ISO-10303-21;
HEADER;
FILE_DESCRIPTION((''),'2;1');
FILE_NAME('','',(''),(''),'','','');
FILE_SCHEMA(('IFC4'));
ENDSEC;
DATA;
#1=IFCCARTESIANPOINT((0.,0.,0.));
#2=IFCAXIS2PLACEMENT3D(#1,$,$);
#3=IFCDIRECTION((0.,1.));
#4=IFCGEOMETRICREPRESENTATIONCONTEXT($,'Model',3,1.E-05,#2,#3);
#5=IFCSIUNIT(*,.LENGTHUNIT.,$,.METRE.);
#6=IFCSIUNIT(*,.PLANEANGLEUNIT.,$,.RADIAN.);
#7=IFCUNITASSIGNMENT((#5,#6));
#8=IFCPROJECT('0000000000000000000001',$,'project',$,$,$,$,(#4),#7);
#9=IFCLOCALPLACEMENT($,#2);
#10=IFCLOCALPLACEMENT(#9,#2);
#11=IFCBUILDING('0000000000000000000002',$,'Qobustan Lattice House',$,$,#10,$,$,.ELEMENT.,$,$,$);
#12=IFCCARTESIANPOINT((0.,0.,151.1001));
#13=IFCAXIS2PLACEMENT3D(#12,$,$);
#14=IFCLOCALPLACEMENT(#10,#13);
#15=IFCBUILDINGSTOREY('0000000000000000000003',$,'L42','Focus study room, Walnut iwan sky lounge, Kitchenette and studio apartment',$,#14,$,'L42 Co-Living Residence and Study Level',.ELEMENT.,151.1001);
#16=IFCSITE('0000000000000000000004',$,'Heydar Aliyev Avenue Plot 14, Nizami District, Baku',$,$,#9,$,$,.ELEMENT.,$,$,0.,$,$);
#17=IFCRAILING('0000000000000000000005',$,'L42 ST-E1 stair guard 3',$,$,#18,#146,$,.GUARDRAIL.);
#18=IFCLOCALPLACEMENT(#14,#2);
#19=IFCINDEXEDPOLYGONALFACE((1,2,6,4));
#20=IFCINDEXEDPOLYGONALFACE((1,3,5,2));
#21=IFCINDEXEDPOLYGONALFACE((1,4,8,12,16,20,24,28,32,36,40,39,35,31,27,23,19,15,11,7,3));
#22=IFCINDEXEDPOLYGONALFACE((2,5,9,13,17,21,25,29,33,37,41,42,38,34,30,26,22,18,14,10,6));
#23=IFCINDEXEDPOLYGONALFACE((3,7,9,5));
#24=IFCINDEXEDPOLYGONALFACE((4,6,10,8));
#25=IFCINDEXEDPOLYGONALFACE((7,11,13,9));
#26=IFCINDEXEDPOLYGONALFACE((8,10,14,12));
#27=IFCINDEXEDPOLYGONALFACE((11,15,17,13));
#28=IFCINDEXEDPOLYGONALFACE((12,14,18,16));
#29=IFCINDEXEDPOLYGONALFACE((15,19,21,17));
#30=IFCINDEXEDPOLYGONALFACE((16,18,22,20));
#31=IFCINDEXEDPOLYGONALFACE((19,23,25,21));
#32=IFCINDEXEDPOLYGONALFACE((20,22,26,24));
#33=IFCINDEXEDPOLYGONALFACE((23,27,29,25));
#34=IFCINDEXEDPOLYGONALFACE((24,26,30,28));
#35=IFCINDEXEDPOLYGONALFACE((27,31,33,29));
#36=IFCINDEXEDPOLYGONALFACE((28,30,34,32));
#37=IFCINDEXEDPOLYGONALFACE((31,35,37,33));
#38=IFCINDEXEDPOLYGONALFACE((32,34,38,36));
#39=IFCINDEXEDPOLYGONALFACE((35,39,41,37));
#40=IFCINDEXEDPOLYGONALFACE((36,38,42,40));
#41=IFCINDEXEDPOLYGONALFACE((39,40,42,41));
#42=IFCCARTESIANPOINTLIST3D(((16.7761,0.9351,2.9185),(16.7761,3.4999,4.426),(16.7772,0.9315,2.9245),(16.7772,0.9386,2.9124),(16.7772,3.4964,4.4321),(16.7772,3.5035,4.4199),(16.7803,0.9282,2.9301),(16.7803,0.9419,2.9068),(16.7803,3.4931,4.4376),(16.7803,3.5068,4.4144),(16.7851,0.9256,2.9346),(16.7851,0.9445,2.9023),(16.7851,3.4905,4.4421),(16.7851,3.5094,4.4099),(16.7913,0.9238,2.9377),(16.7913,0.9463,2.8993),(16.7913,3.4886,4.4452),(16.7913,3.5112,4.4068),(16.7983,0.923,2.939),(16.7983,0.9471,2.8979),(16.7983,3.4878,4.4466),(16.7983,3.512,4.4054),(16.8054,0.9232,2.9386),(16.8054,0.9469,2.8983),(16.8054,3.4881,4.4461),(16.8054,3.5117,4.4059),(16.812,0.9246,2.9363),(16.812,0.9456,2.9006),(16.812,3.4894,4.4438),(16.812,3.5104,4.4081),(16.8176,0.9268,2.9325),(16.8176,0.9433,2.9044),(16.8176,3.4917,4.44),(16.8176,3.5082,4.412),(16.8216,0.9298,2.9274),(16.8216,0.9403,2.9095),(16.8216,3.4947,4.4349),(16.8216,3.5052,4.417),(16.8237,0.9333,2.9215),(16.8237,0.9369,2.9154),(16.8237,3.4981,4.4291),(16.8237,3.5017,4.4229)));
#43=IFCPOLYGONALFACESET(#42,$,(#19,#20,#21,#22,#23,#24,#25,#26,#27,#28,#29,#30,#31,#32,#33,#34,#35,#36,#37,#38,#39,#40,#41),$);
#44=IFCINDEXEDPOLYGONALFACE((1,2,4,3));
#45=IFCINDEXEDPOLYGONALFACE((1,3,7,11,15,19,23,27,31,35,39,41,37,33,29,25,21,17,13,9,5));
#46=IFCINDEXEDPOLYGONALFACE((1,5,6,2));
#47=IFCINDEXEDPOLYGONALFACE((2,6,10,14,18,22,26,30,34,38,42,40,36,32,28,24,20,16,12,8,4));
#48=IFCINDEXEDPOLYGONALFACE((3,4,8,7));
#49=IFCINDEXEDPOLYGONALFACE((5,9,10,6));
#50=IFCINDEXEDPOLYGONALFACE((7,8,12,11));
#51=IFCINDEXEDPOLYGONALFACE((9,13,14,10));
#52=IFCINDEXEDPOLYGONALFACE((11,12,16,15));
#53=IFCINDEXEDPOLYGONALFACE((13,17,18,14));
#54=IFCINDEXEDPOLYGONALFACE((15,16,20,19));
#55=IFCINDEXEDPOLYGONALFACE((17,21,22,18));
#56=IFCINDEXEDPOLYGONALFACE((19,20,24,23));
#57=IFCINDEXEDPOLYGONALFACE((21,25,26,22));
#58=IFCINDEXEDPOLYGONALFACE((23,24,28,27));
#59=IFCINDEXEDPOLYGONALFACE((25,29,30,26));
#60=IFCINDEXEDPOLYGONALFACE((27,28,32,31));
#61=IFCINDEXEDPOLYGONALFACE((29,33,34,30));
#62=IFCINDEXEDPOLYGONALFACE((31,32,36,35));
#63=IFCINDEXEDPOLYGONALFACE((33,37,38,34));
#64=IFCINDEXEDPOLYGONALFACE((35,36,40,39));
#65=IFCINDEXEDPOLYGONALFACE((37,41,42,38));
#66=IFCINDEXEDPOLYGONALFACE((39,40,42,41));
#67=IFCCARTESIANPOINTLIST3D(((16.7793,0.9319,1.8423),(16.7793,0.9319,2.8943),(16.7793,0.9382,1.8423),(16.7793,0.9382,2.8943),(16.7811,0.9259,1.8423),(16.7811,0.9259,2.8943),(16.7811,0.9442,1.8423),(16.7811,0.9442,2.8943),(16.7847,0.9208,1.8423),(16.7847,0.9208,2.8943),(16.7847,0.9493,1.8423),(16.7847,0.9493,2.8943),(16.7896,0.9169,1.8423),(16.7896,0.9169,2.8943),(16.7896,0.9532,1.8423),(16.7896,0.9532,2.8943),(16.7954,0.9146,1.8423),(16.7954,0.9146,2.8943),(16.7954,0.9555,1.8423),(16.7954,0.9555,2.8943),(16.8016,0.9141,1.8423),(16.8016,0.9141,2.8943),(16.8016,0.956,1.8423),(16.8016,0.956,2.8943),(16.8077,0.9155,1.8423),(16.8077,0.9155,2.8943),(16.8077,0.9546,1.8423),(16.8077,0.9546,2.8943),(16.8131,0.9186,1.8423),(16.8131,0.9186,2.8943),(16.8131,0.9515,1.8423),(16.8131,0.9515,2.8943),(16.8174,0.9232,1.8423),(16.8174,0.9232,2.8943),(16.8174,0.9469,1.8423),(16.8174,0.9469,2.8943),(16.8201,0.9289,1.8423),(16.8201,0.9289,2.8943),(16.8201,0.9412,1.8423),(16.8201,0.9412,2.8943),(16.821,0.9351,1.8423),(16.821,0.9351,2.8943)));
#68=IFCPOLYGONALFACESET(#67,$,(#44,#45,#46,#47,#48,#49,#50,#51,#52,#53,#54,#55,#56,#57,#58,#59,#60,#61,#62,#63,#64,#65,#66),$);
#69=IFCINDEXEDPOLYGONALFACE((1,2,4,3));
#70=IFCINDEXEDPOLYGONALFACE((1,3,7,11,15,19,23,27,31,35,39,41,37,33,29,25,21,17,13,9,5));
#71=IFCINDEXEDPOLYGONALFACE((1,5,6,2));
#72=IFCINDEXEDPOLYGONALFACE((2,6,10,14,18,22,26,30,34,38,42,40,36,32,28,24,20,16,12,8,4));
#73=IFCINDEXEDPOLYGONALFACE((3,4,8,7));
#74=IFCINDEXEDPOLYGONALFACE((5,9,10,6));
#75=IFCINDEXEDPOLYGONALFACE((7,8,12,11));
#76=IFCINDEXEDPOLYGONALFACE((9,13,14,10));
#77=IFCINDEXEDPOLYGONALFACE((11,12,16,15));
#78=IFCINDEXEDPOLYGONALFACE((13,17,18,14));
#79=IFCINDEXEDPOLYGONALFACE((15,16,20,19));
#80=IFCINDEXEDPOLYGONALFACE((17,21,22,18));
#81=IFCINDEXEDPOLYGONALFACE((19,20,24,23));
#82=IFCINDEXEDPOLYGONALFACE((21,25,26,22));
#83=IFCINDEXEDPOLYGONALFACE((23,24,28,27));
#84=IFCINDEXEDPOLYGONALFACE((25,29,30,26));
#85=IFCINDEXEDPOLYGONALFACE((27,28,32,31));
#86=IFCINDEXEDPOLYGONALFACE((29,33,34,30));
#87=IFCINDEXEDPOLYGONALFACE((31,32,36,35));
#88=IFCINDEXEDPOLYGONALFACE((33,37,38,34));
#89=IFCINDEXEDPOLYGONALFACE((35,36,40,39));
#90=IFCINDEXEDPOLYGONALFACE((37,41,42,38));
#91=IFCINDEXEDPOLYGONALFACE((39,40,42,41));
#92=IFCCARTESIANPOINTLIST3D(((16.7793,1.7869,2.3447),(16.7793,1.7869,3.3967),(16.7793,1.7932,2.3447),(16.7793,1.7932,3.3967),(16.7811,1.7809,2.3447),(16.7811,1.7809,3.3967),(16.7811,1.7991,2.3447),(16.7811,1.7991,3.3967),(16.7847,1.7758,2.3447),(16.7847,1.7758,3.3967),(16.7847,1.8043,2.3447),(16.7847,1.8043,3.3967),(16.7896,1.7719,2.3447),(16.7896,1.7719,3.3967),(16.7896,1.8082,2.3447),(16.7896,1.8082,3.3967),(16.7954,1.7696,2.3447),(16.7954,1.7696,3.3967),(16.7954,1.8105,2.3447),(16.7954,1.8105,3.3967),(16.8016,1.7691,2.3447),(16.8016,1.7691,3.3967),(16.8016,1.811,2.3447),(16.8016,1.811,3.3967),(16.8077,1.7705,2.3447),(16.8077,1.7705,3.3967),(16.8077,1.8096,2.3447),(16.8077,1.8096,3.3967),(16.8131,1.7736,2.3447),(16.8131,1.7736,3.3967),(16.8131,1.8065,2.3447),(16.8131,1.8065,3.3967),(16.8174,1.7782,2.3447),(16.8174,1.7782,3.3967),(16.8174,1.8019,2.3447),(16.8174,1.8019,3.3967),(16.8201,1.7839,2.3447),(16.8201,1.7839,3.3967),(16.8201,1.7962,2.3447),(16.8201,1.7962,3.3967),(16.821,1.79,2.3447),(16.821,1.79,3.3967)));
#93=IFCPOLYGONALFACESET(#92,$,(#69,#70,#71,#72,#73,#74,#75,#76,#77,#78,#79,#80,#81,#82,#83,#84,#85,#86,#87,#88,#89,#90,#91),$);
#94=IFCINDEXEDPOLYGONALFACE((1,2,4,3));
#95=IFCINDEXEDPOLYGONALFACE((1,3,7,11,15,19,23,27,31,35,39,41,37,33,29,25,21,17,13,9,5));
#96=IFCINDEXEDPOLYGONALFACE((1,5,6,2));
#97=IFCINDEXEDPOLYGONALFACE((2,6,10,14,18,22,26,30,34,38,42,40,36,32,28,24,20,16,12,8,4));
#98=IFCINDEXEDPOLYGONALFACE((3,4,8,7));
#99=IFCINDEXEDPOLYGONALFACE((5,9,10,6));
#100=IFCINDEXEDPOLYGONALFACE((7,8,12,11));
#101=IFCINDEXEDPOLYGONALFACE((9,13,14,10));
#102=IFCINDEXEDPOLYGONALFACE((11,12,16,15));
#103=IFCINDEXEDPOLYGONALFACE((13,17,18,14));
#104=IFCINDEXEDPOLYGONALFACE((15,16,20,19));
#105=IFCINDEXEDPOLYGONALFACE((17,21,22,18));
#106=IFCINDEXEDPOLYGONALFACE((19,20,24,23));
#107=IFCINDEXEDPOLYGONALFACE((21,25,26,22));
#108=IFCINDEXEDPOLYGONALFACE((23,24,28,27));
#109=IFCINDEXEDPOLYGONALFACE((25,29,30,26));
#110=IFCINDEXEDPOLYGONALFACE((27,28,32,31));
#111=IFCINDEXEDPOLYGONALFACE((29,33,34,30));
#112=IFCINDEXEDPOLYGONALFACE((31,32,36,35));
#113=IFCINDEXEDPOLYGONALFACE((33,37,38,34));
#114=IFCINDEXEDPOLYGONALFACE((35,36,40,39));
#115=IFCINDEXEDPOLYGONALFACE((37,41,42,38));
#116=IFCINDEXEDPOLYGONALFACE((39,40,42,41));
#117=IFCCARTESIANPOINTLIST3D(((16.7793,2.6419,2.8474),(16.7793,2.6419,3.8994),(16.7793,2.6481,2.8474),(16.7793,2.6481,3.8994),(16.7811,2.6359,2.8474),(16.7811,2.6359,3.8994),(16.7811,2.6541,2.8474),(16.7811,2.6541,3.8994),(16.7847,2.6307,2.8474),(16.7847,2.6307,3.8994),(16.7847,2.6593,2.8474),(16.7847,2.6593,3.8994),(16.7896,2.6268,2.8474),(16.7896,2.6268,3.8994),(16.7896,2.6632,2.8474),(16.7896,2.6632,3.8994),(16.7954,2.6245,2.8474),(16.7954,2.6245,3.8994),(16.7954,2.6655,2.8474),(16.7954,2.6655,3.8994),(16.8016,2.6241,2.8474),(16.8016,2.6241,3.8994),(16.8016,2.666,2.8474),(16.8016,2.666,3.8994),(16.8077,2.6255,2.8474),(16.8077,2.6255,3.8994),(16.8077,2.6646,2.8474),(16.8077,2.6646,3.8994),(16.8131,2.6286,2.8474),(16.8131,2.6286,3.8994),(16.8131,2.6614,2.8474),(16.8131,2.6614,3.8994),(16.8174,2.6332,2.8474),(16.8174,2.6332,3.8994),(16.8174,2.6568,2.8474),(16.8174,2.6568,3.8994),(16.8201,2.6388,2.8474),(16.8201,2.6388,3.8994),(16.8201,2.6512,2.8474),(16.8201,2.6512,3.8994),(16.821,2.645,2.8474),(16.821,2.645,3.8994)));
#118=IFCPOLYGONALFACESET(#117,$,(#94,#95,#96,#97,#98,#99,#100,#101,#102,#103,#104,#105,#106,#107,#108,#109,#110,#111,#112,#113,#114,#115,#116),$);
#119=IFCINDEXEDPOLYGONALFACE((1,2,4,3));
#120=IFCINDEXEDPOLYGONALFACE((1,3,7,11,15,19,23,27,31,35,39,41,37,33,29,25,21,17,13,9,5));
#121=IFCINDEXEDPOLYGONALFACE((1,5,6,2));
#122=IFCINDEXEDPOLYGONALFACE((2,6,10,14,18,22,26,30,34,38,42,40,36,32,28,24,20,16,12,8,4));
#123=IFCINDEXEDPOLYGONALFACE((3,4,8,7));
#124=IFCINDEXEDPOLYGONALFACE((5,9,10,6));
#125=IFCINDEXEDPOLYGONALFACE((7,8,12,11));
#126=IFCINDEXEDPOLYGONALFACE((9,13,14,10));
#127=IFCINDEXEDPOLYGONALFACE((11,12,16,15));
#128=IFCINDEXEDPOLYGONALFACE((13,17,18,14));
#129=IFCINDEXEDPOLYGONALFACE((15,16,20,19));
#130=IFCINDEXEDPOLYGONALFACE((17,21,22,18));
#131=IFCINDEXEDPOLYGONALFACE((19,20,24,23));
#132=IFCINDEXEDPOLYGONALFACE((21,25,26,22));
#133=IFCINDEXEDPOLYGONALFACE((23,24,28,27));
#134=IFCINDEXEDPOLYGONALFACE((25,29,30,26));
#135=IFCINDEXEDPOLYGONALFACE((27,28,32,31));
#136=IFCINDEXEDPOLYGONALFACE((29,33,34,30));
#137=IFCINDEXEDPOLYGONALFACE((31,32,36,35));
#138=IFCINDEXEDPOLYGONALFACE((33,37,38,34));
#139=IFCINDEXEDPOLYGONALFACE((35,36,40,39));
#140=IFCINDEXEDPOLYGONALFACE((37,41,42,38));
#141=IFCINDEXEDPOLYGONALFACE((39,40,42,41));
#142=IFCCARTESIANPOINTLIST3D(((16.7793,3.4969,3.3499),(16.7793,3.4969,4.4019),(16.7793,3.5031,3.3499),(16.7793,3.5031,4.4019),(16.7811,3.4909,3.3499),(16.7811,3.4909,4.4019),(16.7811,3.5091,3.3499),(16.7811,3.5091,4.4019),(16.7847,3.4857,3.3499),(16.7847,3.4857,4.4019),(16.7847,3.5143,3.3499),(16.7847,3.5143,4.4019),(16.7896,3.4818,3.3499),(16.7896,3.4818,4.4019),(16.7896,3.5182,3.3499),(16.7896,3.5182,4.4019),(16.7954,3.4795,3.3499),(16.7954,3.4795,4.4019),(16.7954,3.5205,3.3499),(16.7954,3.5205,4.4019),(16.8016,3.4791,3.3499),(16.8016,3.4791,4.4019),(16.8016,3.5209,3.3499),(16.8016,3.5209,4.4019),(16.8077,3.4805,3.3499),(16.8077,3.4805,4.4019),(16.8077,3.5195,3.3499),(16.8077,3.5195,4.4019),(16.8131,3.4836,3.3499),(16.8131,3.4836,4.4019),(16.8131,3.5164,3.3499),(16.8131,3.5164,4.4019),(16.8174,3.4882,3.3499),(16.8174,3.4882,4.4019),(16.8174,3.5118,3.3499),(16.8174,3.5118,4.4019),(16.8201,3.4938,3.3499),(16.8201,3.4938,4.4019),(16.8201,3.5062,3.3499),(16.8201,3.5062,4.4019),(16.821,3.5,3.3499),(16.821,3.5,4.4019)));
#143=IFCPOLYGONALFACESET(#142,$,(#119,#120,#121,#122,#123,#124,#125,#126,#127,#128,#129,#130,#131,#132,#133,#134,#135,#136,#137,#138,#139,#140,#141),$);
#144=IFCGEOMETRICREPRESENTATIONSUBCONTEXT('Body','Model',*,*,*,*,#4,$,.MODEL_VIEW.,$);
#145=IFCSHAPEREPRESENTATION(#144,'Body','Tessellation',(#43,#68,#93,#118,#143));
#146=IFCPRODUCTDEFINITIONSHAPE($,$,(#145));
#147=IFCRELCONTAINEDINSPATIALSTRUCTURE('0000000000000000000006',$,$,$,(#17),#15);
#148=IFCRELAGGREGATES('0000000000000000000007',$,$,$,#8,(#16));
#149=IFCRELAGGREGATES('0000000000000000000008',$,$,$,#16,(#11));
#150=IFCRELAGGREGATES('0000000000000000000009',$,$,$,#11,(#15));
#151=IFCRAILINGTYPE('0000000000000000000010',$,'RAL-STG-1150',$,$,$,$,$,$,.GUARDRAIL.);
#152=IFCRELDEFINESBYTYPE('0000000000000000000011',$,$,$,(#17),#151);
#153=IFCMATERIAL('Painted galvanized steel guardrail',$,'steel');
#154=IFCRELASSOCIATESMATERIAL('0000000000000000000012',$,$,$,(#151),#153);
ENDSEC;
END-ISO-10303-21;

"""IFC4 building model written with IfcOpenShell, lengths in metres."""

from ifc_helpers import new_model, si_unit, direction, frame, origin, origin_2d, place, context, subcontext, project, spatial, circle, extrude, material, type_object, element, save


model = new_model("IFC4")

# Units and contexts
model_context = context("Model", 3, precision=1e-05, world=origin(), true_north=direction((0.0, 1.0)))
body_context = subcontext(model_context, "Body", "Model", "MODEL_VIEW")
ifc_project = project(units=[si_unit("LENGTHUNIT", "METRE"), si_unit("PLANEANGLEUNIT", "RADIAN")], contexts=[model_context])

# Site, building, storey
site_placement = place(None, origin())
site = spatial("IfcSite", under=ifc_project, at=site_placement, Name="Heydar Aliyev Avenue Plot 14, Nizami District, Baku", CompositionType="ELEMENT", RefElevation=0.0)
building_placement = place(site_placement, origin())
building = spatial("IfcBuilding", under=site, at=building_placement, Name="Qobustan Lattice House", CompositionType="ELEMENT")
storey_placement = place(building_placement, frame((0.0, 0.0, 151.1001)))
storey = spatial("IfcBuildingStorey", under=building, at=storey_placement, Name="L42", Description="Focus study room, Walnut iwan sky lounge, Kitchenette and studio apartment", LongName="L42 Co-Living Residence and Study Level", CompositionType="ELEMENT", Elevation=151.1001)

# Railing
ifc_material_1 = material(Name="Painted galvanized steel guardrail", Category="steel")
railing_type_1 = type_object("IfcRailingType", Name="RAL-STG-1150", PredefinedType="GUARDRAIL", material=ifc_material_1)
railing_1_placement = place(storey_placement, frame((16.8, 0.9351, 1.8423)))
element("IfcRailing", 1, at=railing_1_placement, inside=storey, type_object=railing_type_1, Name="L42 ST-E1 stair guard 3", PredefinedType="GUARDRAIL", context=body_context, shape_type="SweptSolid", body=[
    extrude(circle(Radius=0.0239, at=origin_2d()), frame((0.0, 0.0, 1.0762), z_axis=(0.0, 0.862113, 0.506715), x_axis=(-1.0, 0.0, 0.0)), (0.0, 0.0, 1.0), 2.9751),
    extrude(circle(Radius=0.021, at=origin_2d()), origin(), (0.0, 0.0, 1.0), 1.052),
    extrude(circle(Radius=0.021, at=origin_2d()), frame((0.0, 0.855, 0.5024)), (0.0, 0.0, 1.0), 1.052),
    extrude(circle(Radius=0.021, at=origin_2d()), frame((0.0, 1.71, 1.0051)), (0.0, 0.0, 1.0), 1.052),
    extrude(circle(Radius=0.021, at=origin_2d()), frame((0.0, 2.5649, 1.5076)), (0.0, 0.0, 1.0), 1.052),
])

save(model, "model.ifc")
